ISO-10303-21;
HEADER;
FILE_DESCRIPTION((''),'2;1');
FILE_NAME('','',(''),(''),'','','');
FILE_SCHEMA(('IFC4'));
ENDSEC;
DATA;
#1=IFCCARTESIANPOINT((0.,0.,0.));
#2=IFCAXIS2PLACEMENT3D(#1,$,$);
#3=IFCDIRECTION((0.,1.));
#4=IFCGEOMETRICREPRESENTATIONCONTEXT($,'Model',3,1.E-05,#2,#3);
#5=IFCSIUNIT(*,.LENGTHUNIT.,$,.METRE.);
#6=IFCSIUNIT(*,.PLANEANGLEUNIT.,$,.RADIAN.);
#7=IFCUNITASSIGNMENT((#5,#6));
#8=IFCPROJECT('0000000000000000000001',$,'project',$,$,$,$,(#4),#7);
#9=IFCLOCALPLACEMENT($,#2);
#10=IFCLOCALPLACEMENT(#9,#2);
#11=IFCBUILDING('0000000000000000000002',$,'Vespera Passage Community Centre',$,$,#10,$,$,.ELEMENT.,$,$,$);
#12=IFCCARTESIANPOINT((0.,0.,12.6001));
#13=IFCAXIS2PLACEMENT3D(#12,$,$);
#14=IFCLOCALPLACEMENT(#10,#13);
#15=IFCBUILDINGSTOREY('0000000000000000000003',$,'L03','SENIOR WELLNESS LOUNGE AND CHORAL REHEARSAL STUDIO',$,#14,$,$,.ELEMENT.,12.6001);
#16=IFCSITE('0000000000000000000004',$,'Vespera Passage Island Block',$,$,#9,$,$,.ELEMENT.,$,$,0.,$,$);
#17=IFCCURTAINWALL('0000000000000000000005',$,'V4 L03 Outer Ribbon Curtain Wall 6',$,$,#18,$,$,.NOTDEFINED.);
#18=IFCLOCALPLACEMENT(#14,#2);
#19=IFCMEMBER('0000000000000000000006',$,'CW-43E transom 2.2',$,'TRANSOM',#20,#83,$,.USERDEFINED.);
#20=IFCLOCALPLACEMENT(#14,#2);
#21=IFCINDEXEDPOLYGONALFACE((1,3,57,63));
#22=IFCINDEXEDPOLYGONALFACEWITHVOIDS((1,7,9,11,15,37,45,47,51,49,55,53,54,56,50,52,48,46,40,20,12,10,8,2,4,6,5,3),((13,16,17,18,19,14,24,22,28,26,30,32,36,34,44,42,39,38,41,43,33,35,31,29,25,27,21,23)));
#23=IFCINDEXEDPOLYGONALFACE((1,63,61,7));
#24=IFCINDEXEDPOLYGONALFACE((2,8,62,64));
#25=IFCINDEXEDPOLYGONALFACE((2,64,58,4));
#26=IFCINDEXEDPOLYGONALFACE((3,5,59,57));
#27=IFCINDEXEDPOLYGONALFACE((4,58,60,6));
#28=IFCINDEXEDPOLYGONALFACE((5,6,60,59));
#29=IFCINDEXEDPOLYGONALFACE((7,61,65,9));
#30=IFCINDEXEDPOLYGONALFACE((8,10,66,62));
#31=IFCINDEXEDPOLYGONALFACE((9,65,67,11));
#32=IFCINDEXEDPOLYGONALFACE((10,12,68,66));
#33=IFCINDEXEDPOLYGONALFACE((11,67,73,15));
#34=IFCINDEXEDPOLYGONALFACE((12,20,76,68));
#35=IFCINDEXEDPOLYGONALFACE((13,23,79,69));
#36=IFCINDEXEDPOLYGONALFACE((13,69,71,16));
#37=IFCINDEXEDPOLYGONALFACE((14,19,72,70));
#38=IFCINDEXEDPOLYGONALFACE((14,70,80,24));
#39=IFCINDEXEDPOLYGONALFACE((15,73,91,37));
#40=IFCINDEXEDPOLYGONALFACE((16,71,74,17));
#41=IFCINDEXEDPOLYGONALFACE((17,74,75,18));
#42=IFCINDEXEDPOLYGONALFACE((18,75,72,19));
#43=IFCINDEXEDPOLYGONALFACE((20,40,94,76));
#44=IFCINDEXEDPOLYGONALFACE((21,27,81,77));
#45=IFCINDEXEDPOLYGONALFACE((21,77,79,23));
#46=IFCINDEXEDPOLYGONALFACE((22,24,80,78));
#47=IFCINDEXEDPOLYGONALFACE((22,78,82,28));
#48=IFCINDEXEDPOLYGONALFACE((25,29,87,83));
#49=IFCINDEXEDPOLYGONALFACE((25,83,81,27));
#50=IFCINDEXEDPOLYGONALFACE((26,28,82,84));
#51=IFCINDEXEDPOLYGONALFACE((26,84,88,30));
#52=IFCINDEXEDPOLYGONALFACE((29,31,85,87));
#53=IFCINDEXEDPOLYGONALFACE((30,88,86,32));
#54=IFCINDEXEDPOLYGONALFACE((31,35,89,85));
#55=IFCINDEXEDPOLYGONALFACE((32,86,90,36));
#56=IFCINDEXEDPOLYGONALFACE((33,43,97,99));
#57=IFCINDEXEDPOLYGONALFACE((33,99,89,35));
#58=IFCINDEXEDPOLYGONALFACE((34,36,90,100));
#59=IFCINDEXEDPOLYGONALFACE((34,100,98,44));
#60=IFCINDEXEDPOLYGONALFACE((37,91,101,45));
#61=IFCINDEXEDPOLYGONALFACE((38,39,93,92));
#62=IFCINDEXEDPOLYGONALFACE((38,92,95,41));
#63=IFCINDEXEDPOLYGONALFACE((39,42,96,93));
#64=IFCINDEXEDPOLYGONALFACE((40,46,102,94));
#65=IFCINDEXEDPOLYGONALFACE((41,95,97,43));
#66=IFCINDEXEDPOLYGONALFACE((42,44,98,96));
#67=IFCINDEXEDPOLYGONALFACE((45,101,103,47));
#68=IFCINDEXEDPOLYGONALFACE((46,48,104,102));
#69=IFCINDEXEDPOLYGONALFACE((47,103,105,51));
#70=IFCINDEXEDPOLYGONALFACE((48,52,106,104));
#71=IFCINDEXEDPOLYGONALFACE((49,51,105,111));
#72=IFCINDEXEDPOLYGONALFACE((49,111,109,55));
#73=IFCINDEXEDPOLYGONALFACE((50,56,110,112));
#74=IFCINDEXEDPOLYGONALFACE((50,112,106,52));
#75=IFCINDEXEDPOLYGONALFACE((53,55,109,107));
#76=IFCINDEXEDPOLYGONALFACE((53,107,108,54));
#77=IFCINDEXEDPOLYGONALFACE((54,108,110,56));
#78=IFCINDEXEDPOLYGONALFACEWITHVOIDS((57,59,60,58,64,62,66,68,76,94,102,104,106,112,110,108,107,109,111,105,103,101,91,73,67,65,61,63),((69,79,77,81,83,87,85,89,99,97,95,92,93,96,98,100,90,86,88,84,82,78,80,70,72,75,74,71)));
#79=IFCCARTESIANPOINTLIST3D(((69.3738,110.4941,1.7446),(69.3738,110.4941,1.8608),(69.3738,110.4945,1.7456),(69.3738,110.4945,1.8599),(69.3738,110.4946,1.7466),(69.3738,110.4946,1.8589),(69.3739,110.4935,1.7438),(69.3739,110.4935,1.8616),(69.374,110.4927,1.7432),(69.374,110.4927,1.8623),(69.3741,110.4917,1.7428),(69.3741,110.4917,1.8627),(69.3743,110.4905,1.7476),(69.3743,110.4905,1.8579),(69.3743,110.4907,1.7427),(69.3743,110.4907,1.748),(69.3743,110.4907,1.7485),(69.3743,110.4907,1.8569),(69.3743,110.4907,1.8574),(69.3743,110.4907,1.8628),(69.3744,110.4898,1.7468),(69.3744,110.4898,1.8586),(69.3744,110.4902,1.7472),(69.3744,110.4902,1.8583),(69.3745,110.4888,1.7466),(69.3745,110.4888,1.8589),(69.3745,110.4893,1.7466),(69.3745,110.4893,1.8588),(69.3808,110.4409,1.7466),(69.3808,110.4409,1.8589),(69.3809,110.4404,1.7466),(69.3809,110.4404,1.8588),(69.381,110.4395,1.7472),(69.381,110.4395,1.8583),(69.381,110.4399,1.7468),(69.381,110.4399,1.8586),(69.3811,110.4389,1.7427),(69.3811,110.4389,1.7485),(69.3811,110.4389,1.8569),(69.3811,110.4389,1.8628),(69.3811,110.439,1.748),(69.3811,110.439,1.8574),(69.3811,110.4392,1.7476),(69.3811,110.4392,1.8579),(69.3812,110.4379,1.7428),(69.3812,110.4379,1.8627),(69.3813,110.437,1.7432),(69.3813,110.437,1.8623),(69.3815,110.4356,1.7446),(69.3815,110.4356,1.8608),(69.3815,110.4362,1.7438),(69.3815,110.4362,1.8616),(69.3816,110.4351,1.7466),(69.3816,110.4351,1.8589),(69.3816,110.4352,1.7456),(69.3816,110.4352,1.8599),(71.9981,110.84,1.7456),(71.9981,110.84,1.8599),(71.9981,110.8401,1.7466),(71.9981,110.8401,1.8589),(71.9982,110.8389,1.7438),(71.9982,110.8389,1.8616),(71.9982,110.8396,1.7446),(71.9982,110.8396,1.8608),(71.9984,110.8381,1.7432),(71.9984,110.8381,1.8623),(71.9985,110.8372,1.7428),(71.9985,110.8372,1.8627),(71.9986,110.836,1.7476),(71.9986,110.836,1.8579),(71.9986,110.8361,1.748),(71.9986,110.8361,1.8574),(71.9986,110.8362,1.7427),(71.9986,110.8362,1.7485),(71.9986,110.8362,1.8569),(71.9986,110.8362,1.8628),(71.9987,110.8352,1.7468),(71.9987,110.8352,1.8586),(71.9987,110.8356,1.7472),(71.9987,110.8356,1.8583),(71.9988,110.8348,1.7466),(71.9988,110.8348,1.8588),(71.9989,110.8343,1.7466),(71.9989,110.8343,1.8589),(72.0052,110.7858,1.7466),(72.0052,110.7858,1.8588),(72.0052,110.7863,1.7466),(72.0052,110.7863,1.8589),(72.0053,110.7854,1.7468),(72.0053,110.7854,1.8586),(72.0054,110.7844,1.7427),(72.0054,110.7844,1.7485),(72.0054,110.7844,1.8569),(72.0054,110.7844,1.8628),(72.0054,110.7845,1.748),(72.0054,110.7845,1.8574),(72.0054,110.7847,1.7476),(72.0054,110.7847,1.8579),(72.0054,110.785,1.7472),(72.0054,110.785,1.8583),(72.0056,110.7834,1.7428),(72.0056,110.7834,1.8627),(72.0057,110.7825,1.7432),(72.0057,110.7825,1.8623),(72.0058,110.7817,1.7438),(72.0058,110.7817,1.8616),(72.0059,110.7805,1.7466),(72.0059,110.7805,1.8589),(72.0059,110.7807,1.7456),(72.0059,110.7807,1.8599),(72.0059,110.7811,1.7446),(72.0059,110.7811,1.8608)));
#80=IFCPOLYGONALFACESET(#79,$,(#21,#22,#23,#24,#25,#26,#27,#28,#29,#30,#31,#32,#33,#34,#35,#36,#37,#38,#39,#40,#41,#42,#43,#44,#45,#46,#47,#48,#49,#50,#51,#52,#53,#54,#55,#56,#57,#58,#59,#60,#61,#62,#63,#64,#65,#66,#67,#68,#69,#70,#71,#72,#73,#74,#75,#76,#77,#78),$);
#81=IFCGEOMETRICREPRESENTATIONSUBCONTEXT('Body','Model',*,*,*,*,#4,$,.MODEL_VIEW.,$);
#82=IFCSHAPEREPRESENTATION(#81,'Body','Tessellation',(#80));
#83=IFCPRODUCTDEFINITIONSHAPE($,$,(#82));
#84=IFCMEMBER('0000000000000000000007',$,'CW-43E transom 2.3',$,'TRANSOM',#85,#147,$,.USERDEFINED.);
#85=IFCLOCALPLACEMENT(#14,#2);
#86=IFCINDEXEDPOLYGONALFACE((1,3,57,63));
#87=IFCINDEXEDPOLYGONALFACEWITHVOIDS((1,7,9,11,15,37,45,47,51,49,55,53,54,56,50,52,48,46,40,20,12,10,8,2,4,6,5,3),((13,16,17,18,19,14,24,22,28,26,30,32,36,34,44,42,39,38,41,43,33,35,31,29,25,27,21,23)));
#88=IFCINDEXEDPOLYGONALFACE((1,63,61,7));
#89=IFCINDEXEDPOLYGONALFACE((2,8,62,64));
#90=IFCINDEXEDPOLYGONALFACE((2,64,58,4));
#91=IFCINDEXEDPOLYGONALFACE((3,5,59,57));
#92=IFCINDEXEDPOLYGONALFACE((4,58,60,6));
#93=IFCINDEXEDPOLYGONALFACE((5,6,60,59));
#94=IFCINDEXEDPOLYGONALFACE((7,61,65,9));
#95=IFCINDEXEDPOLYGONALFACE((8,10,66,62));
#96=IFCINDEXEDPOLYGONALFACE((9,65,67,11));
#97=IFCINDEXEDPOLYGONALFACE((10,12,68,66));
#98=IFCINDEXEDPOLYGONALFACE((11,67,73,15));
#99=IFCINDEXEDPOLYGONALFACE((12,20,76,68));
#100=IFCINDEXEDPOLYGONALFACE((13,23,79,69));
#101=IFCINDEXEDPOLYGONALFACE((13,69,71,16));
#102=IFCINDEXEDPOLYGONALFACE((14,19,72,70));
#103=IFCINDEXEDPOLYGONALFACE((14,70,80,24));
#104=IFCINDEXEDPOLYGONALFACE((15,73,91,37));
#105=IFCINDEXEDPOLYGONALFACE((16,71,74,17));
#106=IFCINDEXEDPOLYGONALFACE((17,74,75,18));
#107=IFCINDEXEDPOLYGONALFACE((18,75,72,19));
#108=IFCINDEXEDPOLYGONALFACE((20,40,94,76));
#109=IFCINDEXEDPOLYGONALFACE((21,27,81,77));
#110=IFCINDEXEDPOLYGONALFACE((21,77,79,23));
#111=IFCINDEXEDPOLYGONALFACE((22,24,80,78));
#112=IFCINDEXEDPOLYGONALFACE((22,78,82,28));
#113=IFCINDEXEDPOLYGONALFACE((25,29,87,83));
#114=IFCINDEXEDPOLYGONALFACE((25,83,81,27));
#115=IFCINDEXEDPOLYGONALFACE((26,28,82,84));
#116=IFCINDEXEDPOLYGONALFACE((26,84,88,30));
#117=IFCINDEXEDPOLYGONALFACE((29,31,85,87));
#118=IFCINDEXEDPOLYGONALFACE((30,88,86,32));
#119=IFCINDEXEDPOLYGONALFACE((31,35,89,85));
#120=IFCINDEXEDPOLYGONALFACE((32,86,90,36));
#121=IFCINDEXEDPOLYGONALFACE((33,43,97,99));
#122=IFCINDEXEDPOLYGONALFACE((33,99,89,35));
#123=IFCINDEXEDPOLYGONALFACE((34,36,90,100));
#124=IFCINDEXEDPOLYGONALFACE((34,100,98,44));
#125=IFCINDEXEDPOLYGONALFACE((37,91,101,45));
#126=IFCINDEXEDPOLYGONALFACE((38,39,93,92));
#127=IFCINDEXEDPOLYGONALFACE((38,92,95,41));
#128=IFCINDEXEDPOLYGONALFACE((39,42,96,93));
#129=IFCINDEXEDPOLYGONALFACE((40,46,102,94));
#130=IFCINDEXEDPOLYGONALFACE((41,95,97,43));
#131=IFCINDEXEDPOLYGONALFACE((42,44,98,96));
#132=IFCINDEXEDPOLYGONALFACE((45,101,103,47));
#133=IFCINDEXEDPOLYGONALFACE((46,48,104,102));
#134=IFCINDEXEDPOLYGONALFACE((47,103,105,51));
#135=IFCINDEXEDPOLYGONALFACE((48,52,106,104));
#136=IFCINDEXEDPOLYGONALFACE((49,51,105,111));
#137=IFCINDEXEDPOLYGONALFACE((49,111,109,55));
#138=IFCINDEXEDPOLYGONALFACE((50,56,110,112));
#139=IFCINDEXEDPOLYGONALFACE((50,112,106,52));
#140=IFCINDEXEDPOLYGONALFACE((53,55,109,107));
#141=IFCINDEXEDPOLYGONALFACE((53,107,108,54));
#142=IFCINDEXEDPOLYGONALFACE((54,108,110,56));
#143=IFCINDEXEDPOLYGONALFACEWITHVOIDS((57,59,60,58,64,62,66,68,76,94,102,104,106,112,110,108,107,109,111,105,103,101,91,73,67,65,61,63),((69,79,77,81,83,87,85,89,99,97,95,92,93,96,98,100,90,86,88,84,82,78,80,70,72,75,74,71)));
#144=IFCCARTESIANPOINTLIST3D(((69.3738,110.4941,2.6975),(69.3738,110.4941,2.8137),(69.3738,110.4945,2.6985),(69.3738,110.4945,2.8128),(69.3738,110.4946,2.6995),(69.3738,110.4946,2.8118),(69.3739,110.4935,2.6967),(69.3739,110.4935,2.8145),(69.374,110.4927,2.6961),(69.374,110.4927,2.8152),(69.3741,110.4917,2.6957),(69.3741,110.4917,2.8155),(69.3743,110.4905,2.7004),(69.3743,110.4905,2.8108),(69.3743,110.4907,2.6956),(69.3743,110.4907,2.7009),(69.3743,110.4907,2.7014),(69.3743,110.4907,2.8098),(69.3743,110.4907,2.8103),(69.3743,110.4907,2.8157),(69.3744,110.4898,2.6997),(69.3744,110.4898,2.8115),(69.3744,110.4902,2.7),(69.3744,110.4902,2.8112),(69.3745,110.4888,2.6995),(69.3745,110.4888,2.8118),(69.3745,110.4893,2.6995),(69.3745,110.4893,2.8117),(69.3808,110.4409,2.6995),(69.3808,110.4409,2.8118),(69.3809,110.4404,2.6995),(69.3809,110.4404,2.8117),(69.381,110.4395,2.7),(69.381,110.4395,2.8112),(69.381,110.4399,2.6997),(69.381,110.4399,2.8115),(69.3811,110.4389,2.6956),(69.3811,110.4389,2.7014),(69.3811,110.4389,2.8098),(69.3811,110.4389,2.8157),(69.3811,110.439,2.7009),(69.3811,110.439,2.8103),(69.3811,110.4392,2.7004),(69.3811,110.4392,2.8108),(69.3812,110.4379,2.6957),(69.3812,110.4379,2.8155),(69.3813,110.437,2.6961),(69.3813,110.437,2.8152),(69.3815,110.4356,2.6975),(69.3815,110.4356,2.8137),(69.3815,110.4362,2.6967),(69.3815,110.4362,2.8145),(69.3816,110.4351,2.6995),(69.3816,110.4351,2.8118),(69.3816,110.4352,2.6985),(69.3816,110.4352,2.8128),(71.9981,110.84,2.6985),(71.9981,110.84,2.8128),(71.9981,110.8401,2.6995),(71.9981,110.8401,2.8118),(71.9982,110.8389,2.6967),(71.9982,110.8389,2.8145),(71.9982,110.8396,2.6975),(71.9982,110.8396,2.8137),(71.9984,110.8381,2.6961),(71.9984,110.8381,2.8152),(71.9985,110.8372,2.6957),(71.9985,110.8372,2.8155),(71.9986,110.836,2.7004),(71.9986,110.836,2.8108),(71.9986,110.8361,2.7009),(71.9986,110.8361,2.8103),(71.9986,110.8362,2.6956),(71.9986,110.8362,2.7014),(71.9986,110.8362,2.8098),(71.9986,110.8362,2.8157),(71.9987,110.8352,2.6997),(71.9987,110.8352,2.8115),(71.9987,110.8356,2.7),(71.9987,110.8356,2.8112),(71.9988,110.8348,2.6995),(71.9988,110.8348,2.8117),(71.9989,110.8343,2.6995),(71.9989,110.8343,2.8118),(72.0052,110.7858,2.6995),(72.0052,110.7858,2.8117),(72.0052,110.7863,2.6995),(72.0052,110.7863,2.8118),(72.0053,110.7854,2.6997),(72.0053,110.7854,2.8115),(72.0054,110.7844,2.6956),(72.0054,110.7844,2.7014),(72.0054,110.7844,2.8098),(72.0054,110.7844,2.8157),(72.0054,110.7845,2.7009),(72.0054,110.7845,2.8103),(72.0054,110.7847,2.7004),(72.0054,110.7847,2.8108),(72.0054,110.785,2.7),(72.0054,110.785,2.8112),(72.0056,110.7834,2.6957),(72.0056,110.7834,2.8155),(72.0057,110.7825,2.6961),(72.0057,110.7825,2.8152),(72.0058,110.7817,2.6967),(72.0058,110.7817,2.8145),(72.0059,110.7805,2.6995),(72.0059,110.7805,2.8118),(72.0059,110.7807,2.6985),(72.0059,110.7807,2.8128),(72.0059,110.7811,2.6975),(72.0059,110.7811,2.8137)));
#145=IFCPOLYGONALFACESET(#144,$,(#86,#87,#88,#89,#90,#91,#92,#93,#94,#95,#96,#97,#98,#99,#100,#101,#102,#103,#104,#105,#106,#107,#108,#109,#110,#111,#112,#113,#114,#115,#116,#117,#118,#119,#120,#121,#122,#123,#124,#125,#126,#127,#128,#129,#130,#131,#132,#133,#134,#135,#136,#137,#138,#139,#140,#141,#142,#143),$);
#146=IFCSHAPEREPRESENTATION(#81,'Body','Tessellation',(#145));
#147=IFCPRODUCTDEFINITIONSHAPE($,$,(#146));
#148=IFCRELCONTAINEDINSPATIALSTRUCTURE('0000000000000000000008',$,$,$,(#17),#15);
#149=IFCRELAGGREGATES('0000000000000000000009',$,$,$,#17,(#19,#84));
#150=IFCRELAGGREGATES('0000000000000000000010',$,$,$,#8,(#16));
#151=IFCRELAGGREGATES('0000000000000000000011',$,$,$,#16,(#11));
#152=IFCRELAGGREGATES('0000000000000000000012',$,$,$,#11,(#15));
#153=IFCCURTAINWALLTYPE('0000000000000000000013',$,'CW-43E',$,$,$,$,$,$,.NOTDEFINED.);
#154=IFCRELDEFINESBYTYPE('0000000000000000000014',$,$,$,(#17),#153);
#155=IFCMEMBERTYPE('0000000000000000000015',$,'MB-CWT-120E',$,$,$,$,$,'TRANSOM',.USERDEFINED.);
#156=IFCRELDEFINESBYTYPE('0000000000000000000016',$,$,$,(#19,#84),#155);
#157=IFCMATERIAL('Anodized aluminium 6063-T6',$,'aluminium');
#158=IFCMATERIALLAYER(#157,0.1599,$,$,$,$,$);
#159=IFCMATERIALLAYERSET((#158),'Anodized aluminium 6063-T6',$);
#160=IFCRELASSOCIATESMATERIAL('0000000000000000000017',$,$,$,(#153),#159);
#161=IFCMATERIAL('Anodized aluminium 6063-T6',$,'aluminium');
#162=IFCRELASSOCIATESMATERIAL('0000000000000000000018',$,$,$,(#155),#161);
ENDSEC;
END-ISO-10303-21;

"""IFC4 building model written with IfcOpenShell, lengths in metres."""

from ifc_helpers import new_model, si_unit, direction, frame, origin, origin_2d, place, context, subcontext, project, spatial, hollow_rectangle, extrude, material, layer, layer_set, material_profile, profile_set, type_object, element, aggregate, save


model = new_model("IFC4")

# Units and contexts
model_context = context("Model", 3, precision=1e-05, world=origin(), true_north=direction((0.0, 1.0)))
body_context = subcontext(model_context, "Body", "Model", "MODEL_VIEW")
ifc_project = project(units=[si_unit("LENGTHUNIT", "METRE"), si_unit("PLANEANGLEUNIT", "RADIAN")], contexts=[model_context])

# Site, building, storey
site_placement = place(None, origin())
site = spatial("IfcSite", under=ifc_project, at=site_placement, Name="Vespera Passage Island Block", CompositionType="ELEMENT", RefElevation=0.0)
building_placement = place(site_placement, origin())
building = spatial("IfcBuilding", under=site, at=building_placement, Name="Vespera Passage Community Centre", CompositionType="ELEMENT")
storey_placement = place(building_placement, frame((0.0, 0.0, 12.6001)))
storey = spatial("IfcBuildingStorey", under=building, at=storey_placement, Name="L03", Description="SENIOR WELLNESS LOUNGE AND CHORAL REHEARSAL STUDIO", CompositionType="ELEMENT", Elevation=12.6001)

# Curtain wall, members
ifc_material_1 = material(Name="Anodized aluminium 6063-T6", Category="aluminium")
ifc_layer_1 = layer(ifc_material_1, 0.1599)
ifc_layer_set_1 = layer_set([ifc_layer_1], Name="Anodized aluminium 6063-T6")
curtain_wall_type = type_object("IfcCurtainWallType", Name="CW-43E", PredefinedType="NOTDEFINED", material=ifc_layer_set_1)
curtain_wall_placement = place(storey_placement, origin())
curtain_wall = element("IfcCurtainWall", 1, at=curtain_wall_placement, inside=storey, type_object=curtain_wall_type, Name="V4 L03 Outer Ribbon Curtain Wall 6", PredefinedType="NOTDEFINED")
ifc_material_2 = material(Name="Anodized aluminium 6063-T6", Category="aluminium")
ifc_material_profile_1 = material_profile(ifc_material_2, hollow_rectangle(XDim=0.0601, YDim=0.1201, WallThickness=0.0039, InnerFilletRadius=0.002, OuterFilletRadius=0.0039, at=origin_2d()), Name="ALU120X60X4")
ifc_profile_set_1 = profile_set([ifc_material_profile_1], Name="Anodized aluminium 6063-T6")
member_type_1 = type_object("IfcMemberType", Name="MB-CWT-120E", ElementType="TRANSOM", PredefinedType="USERDEFINED", material=ifc_profile_set_1)
member_1_placement = place(storey_placement, frame((69.3777, 110.4648, 1.8027), z_axis=(0.991446, 0.130514, 0.0), x_axis=(-0.130514, 0.991446, 0.0)))
member_1 = element("IfcMember", 2, at=member_1_placement, type_object=member_type_1, Name="CW-43E transom 2.2", ObjectType="TRANSOM", PredefinedType="USERDEFINED", context=body_context, shape_type="SweptSolid", body=[
    extrude(hollow_rectangle(XDim=0.0601, YDim=0.1201, WallThickness=0.0039, InnerFilletRadius=0.002, OuterFilletRadius=0.0039, at=origin_2d()), origin(), (0.0, 0.0, 1.0), 2.647),
])
member_2_placement = place(storey_placement, frame((69.3777, 110.4648, 2.7556), z_axis=(0.991446, 0.130514, 0.0), x_axis=(-0.130514, 0.991446, 0.0)))
member_2 = element("IfcMember", 3, at=member_2_placement, type_object=member_type_1, Name="CW-43E transom 2.3", ObjectType="TRANSOM", PredefinedType="USERDEFINED", context=body_context, shape_type="SweptSolid", body=[
    extrude(hollow_rectangle(XDim=0.0601, YDim=0.1201, WallThickness=0.0039, InnerFilletRadius=0.002, OuterFilletRadius=0.0039, at=origin_2d()), origin(), (0.0, 0.0, 1.0), 2.647),
])
aggregate(curtain_wall, [member_1, member_2])

save(model, "model.ifc")
